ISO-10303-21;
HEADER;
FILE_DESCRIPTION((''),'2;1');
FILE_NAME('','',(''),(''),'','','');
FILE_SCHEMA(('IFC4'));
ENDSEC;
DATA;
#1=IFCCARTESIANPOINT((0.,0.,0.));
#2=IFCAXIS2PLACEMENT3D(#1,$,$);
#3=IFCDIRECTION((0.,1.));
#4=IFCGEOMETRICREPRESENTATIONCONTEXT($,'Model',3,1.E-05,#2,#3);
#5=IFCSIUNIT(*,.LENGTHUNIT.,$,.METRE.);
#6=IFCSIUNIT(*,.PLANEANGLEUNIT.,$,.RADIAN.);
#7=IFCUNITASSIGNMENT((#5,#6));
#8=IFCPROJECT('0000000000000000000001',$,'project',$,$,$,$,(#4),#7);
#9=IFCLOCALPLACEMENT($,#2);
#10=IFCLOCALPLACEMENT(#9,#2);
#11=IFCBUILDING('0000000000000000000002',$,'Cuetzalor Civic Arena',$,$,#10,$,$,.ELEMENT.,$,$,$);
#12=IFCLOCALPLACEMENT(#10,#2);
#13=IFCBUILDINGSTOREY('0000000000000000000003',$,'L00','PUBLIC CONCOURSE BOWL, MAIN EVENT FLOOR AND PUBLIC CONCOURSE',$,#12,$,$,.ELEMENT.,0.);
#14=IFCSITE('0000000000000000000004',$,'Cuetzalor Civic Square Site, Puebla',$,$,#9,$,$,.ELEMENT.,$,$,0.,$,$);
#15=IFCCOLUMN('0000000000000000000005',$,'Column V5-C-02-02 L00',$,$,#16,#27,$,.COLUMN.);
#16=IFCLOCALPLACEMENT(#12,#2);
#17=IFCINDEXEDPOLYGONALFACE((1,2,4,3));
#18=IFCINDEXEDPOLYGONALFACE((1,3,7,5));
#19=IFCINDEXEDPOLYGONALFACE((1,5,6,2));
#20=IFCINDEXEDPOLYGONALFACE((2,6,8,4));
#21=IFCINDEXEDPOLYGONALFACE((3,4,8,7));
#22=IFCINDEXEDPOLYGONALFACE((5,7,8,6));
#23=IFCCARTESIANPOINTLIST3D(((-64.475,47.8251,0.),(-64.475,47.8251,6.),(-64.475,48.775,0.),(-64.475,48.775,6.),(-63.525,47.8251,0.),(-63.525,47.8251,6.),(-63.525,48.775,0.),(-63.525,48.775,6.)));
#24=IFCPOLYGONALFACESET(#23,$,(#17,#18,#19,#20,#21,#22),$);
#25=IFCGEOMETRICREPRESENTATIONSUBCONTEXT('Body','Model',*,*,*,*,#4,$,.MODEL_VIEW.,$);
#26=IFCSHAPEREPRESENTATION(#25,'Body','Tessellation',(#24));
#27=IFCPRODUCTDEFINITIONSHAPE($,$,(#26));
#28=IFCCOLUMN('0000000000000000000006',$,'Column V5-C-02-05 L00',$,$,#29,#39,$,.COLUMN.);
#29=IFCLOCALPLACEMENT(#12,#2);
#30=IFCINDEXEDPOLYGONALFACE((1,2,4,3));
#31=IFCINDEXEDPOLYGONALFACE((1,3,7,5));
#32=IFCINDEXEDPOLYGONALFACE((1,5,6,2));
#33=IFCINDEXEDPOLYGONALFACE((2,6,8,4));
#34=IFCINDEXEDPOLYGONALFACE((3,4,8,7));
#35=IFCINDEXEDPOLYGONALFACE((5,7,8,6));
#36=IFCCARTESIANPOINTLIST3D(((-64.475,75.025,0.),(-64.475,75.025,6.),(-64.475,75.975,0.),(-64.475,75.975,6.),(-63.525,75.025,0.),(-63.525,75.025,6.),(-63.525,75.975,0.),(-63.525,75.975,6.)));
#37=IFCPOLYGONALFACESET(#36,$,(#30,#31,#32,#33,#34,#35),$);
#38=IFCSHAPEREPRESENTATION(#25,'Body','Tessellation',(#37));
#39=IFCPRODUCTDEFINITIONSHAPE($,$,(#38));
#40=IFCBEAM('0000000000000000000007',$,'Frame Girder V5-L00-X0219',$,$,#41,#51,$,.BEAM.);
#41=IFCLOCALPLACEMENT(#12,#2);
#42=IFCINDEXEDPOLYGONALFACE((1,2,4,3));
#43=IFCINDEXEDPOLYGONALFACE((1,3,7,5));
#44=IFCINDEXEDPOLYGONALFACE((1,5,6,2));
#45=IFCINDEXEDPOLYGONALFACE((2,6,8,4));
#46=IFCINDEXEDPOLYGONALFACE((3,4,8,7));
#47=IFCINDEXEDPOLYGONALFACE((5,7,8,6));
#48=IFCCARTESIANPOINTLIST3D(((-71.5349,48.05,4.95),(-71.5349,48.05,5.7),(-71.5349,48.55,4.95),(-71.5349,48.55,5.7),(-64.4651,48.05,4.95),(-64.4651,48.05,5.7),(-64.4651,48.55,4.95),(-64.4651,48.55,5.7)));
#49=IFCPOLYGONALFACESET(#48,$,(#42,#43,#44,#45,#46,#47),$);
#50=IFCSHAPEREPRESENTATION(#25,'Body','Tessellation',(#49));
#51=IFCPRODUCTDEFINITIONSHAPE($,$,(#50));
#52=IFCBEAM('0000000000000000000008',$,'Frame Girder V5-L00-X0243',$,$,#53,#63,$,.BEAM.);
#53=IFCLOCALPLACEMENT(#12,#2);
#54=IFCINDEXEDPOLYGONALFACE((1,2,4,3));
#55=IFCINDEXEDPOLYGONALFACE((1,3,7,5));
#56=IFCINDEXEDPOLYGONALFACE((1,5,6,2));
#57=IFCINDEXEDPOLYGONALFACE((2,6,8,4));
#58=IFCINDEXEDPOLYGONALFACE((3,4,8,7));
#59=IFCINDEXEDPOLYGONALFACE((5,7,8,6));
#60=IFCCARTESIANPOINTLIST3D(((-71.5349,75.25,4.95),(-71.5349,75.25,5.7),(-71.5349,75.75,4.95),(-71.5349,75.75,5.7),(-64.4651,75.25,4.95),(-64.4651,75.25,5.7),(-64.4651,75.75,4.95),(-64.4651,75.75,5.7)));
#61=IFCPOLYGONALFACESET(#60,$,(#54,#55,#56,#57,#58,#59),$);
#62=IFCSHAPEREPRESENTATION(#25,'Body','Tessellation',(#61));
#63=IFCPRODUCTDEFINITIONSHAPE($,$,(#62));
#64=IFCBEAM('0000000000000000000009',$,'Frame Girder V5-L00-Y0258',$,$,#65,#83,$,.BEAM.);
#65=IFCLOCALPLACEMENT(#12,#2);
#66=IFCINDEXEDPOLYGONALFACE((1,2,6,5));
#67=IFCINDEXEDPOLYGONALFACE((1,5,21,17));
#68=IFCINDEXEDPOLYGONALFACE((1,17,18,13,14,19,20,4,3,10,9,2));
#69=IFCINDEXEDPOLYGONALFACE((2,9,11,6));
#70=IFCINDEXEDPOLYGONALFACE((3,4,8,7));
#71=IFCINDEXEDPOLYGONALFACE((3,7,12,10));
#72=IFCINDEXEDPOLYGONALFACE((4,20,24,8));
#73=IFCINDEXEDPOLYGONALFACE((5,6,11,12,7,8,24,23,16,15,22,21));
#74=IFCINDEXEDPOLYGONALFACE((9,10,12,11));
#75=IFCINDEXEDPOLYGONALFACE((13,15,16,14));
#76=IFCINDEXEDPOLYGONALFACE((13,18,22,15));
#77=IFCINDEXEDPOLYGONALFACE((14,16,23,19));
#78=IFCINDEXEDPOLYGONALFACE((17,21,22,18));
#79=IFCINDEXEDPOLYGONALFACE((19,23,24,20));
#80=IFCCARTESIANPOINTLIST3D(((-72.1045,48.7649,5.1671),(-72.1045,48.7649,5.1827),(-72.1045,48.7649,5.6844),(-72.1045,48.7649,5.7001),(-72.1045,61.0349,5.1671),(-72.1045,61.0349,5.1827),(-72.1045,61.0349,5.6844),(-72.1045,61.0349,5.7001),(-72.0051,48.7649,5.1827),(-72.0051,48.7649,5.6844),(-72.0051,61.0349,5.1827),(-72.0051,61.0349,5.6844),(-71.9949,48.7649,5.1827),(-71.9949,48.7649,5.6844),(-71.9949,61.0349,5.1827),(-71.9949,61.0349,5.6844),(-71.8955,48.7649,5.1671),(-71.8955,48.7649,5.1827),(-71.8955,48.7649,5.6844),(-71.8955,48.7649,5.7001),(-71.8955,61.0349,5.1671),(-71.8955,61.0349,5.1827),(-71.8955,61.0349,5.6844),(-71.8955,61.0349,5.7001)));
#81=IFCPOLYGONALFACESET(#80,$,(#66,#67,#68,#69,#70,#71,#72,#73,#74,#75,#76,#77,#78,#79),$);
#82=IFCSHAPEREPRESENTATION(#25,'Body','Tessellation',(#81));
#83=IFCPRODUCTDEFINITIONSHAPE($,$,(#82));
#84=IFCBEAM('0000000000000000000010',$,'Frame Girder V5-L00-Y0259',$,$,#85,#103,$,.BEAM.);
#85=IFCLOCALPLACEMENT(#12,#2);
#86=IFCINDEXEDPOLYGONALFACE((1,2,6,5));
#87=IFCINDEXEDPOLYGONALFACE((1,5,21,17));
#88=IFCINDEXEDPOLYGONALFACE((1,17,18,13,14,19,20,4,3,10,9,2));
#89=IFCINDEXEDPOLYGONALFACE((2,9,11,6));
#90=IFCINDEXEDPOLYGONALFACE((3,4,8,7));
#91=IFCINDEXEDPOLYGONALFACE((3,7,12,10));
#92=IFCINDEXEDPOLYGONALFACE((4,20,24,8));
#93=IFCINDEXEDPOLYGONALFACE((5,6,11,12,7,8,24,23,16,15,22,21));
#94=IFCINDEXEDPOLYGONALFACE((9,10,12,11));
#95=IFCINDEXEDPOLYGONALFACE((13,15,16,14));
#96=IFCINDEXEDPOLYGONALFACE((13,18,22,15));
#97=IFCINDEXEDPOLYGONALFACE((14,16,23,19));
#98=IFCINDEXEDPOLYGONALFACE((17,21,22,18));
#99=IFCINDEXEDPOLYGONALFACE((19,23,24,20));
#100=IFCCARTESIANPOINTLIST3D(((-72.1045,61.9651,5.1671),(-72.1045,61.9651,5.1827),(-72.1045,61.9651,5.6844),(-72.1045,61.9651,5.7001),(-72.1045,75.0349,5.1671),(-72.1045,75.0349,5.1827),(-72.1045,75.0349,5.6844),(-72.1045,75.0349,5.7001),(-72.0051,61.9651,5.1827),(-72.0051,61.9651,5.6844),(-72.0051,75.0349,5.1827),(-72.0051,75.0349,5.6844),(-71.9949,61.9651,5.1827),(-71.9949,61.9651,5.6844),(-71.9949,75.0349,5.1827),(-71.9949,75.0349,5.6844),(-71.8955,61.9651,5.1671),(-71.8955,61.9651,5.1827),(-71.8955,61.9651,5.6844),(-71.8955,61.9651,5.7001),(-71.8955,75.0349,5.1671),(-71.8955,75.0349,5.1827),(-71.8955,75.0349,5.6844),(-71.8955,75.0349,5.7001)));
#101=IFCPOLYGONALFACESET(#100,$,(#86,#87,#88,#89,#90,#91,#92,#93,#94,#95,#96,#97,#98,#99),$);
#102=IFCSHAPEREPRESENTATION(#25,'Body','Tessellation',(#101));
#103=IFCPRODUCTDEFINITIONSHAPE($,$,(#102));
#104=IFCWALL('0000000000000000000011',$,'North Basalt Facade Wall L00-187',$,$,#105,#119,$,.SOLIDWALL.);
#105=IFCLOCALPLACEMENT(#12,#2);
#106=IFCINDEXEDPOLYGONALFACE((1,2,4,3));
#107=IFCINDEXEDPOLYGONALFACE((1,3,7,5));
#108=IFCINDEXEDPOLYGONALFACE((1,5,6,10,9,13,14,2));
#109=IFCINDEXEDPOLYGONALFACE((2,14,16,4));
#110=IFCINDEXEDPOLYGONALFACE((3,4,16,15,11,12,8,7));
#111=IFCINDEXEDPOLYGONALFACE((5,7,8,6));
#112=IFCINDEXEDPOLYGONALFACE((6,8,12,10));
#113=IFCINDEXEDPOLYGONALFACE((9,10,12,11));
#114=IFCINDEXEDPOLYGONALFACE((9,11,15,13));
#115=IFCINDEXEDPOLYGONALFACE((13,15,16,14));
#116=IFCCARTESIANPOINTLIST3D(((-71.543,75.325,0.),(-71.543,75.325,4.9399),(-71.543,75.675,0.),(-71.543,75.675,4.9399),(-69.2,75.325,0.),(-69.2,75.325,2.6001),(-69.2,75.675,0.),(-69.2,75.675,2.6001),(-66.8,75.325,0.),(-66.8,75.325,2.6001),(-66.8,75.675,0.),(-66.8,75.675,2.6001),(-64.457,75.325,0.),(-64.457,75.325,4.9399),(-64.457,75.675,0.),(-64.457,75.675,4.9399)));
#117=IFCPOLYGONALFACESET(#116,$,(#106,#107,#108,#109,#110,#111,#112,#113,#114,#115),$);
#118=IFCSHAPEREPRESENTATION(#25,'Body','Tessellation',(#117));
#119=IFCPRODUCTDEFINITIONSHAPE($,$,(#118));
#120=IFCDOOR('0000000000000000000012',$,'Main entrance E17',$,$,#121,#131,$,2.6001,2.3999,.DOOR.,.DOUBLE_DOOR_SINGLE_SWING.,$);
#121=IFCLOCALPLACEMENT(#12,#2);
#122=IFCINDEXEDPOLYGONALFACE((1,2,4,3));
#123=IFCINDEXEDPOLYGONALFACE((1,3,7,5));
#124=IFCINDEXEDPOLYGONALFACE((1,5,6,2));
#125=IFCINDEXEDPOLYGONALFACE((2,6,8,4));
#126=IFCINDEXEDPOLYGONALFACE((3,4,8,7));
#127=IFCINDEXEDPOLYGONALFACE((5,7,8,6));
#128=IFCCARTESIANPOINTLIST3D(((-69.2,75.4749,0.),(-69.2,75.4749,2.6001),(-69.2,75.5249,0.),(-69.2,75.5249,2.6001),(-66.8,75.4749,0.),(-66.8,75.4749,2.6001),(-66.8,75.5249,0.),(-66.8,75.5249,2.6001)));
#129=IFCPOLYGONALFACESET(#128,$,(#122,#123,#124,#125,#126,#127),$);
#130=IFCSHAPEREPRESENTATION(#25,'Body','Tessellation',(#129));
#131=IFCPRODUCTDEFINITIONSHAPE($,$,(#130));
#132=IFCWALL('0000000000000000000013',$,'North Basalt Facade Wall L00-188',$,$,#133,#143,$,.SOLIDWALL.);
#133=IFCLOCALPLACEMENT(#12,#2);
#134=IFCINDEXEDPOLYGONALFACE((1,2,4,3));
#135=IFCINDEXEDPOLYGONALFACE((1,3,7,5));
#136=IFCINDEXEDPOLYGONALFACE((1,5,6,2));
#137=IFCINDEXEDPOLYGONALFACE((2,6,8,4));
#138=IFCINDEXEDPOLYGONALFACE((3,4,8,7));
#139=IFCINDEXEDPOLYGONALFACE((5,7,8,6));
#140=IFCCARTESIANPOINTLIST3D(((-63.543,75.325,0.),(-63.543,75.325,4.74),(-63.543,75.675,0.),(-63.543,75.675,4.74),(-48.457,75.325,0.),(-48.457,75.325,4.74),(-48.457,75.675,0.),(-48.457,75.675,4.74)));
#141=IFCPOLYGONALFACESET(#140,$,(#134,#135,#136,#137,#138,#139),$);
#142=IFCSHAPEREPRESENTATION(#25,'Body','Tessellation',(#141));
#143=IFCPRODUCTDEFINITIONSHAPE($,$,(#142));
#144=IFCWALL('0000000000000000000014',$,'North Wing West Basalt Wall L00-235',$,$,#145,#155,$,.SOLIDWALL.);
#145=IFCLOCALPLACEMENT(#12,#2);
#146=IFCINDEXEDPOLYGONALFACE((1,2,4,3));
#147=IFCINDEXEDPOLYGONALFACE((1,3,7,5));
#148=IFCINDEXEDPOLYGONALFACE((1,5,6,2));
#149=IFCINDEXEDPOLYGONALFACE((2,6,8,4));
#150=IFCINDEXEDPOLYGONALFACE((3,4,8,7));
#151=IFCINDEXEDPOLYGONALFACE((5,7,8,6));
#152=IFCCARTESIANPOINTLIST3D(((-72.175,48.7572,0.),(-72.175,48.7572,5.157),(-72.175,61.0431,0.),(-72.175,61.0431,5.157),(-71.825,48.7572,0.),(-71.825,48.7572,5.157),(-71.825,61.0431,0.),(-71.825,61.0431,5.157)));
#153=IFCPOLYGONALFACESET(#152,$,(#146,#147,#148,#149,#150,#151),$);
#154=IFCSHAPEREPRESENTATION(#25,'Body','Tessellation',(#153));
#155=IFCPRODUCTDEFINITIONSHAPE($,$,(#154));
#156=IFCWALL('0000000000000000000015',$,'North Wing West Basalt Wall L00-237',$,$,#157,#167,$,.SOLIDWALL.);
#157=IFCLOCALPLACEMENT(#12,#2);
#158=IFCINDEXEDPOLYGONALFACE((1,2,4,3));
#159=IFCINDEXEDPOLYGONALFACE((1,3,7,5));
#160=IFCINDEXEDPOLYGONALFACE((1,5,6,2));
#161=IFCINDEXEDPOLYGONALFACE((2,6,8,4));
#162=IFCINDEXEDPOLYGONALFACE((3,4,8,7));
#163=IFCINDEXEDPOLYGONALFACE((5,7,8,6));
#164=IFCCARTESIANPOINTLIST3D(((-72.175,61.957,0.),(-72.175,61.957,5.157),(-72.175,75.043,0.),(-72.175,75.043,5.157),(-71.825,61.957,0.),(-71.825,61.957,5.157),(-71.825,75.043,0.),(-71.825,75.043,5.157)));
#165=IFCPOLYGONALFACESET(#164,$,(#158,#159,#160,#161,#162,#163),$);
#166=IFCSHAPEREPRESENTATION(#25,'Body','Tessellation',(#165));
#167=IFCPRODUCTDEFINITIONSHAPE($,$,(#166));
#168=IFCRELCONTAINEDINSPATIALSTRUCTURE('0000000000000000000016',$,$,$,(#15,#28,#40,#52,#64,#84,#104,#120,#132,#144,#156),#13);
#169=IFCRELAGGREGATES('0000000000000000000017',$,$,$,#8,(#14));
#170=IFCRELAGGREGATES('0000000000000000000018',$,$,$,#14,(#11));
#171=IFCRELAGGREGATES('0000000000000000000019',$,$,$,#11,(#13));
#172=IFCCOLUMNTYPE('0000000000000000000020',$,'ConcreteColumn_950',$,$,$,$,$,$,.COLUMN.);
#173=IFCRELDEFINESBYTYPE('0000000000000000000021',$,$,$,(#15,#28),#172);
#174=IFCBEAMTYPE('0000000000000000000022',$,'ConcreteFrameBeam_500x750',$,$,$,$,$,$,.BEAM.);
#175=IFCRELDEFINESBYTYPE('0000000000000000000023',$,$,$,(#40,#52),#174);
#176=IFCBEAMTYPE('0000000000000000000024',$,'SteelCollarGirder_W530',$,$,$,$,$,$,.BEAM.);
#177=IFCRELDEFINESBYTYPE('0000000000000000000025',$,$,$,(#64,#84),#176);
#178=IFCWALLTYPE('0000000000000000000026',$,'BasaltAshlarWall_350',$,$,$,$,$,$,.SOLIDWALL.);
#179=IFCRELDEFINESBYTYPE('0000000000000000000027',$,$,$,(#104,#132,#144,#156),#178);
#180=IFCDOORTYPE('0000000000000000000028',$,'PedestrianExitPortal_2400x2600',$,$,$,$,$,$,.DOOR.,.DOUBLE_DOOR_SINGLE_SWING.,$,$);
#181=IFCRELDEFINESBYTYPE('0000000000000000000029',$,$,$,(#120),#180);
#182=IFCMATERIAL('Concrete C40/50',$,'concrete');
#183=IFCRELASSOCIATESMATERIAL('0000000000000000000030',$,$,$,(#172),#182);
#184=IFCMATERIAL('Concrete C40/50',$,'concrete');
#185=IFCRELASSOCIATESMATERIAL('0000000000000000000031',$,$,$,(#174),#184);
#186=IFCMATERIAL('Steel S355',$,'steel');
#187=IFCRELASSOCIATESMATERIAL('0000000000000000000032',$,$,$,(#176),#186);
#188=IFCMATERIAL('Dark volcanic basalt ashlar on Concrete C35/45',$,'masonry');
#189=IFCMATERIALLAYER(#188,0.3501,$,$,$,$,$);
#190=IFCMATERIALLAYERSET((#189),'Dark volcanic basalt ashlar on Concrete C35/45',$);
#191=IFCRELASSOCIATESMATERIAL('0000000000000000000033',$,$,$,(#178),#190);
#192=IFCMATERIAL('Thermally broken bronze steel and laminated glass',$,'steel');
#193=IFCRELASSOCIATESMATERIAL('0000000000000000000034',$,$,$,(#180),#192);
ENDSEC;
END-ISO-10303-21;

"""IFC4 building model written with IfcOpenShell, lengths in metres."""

from ifc_helpers import new_model, si_unit, direction, frame, frame_2d, origin, origin_2d, place, context, subcontext, project, spatial, rectangle, i_section, extrude, material, layer, layer_set, material_profile, profile_set, type_object, element, fill, save


model = new_model("IFC4")

# Units and contexts
model_context = context("Model", 3, precision=1e-05, world=origin(), true_north=direction((0.0, 1.0)))
body_context = subcontext(model_context, "Body", "Model", "MODEL_VIEW")
ifc_project = project(units=[si_unit("LENGTHUNIT", "METRE"), si_unit("PLANEANGLEUNIT", "RADIAN")], contexts=[model_context])

# Site, building, storey
site_placement = place(None, origin())
site = spatial("IfcSite", under=ifc_project, at=site_placement, Name="Cuetzalor Civic Square Site, Puebla", CompositionType="ELEMENT", RefElevation=0.0)
building_placement = place(site_placement, origin())
building = spatial("IfcBuilding", under=site, at=building_placement, Name="Cuetzalor Civic Arena", CompositionType="ELEMENT")
storey_placement = place(building_placement, origin())
storey = spatial("IfcBuildingStorey", under=building, at=storey_placement, Name="L00", Description="PUBLIC CONCOURSE BOWL, MAIN EVENT FLOOR AND PUBLIC CONCOURSE", CompositionType="ELEMENT", Elevation=0.0)

# Columns
ifc_material_1 = material(Name="Concrete C40/50", Category="concrete")
ifc_material_profile_1 = material_profile(ifc_material_1, rectangle(XDim=0.95, YDim=0.95, at=origin_2d()), Name="RC 950x950")
ifc_profile_set_1 = profile_set([ifc_material_profile_1], Name="Concrete C40/50")
column_type = type_object("IfcColumnType", Name="ConcreteColumn_950", PredefinedType="COLUMN", material=ifc_profile_set_1)
for number, where, z_axis, x_axis, name in (
    (1, (-64.0, 48.3, 0.0), (0.0, 0.0, 1.0), (1.0, 0.0, 0.0), "Column V5-C-02-02 L00"),
    (2, (-64.0, 75.5, 0.0), (0.0, 0.0, 1.0), (1.0, 0.0, 0.0), "Column V5-C-02-05 L00"),
):
    element("IfcColumn", number, at=place(storey_placement, frame(where, z_axis=z_axis, x_axis=x_axis)), inside=storey, type_object=column_type, Name=name, PredefinedType="COLUMN", context=body_context, shape_type="SweptSolid", body=[
        extrude(rectangle(XDim=0.95, YDim=0.95, at=origin_2d()), origin(), (0.0, 0.0, 1.0), 6.0),
    ])

# Beams
ifc_material_2 = material(Name="Concrete C40/50", Category="concrete")
ifc_material_profile_2 = material_profile(ifc_material_2, rectangle(XDim=0.5, YDim=0.75, at=origin_2d()), Name="RC 500x750")
ifc_profile_set_2 = profile_set([ifc_material_profile_2], Name="Concrete C40/50")
beam_type_1 = type_object("IfcBeamType", Name="ConcreteFrameBeam_500x750", PredefinedType="BEAM", material=ifc_profile_set_2)
for number, where, z_axis, x_axis, name in (
    (3, (-71.5349, 48.3, 5.325), (1.0, 0.0, 0.0), (0.0, 1.0, 0.0), "Frame Girder V5-L00-X0219"),
    (4, (-71.5349, 75.5, 5.325), (1.0, 0.0, 0.0), (0.0, 1.0, 0.0), "Frame Girder V5-L00-X0243"),
):
    element("IfcBeam", number, at=place(storey_placement, frame(where, z_axis=z_axis, x_axis=x_axis)), inside=storey, type_object=beam_type_1, Name=name, PredefinedType="BEAM", context=body_context, shape_type="SweptSolid", body=[
        extrude(rectangle(XDim=0.5, YDim=0.75, at=origin_2d()), origin(), (0.0, 0.0, 1.0), 7.0698),
    ])
ifc_material_3 = material(Name="Steel S355", Category="steel")
ifc_material_profile_3 = material_profile(ifc_material_3, i_section(OverallWidth=0.209, OverallDepth=0.533, WebThickness=0.0103, FlangeThickness=0.0156, at=origin_2d()), Name="W530x92")
ifc_profile_set_3 = profile_set([ifc_material_profile_3], Name="Steel S355")
beam_type_2 = type_object("IfcBeamType", Name="SteelCollarGirder_W530", PredefinedType="BEAM", material=ifc_profile_set_3)
beam_1_placement = place(storey_placement, frame((-72.0, 48.7649, 5.4336), z_axis=(0.0, 1.0, 0.0), x_axis=(-1.0, 0.0, 0.0)))
element("IfcBeam", 5, at=beam_1_placement, inside=storey, type_object=beam_type_2, Name="Frame Girder V5-L00-Y0258", PredefinedType="BEAM", context=body_context, shape_type="SweptSolid", body=[
    extrude(i_section(OverallWidth=0.209, OverallDepth=0.533, WebThickness=0.0103, FlangeThickness=0.0156, at=origin_2d()), origin(), (0.0, 0.0, 1.0), 12.27),
])
beam_2_placement = place(storey_placement, frame((-72.0, 61.9651, 5.4336), z_axis=(0.0, 1.0, 0.0), x_axis=(-1.0, 0.0, 0.0)))
element("IfcBeam", 6, at=beam_2_placement, inside=storey, type_object=beam_type_2, Name="Frame Girder V5-L00-Y0259", PredefinedType="BEAM", context=body_context, shape_type="SweptSolid", body=[
    extrude(i_section(OverallWidth=0.209, OverallDepth=0.533, WebThickness=0.0103, FlangeThickness=0.0156, at=origin_2d()), origin(), (0.0, 0.0, 1.0), 13.0698),
])

# Wall, opening, door
ifc_material_4 = material(Name="Dark volcanic basalt ashlar on Concrete C35/45", Category="masonry")
ifc_layer = layer(ifc_material_4, 0.3501)
ifc_layer_set = layer_set([ifc_layer], Name="Dark volcanic basalt ashlar on Concrete C35/45")
wall_type = type_object("IfcWallType", Name="BasaltAshlarWall_350", PredefinedType="SOLIDWALL", material=ifc_layer_set)
wall_1_placement = place(storey_placement, frame((-71.543, 75.5, 0.0), z_axis=(0.0, 0.0, 1.0), x_axis=(1.0, 0.0, 0.0)))
wall_1 = element("IfcWall", 7, at=wall_1_placement, inside=storey, type_object=wall_type, Name="North Basalt Facade Wall L00-187", PredefinedType="SOLIDWALL", context=body_context, shape_type="SweptSolid", body=[
    extrude(rectangle(XDim=7.0859, YDim=0.3501, at=frame_2d((3.543, 0.0))), origin(), (0.0, 0.0, 1.0), 4.9399),
])
opening_placement = place(wall_1_placement, frame((2.343, 0.0, 0.0)))
opening = element("IfcOpeningElement", 8, at=opening_placement, cuts=wall_1, PredefinedType="OPENING", context=body_context, shape_type="SweptSolid", body=[
    extrude(rectangle(XDim=2.3999, YDim=2.6001, at=frame_2d((1.2, 1.3))), frame((0.0, 0.1851, 0.0), z_axis=(0.0, -1.0, 0.0), x_axis=(1.0, 0.0, 0.0)), (0.0, 0.0, 1.0), 0.3701),
])
ifc_material_5 = material(Name="Thermally broken bronze steel and laminated glass", Category="steel")
door_type = type_object("IfcDoorType", Name="PedestrianExitPortal_2400x2600", OperationType="DOUBLE_DOOR_SINGLE_SWING", PredefinedType="DOOR", material=ifc_material_5)
door_placement = place(opening_placement, origin())
door = element("IfcDoor", 9, at=door_placement, inside=storey, type_object=door_type, Name="Main entrance E17", OperationType="DOUBLE_DOOR_SINGLE_SWING", OverallHeight=2.6001, OverallWidth=2.3999, PredefinedType="DOOR", context=body_context, shape_type="SweptSolid", body=[
    extrude(rectangle(XDim=2.3999, YDim=2.6001, at=frame_2d((1.2, 1.3))), frame((0.0, 0.0249, 0.0), z_axis=(0.0, -1.0, 0.0), x_axis=(1.0, 0.0, 0.0)), (0.0, 0.0, 1.0), 0.05),
])
fill(opening, door)

# Walls
wall_2_placement = place(storey_placement, frame((-63.543, 75.5, 0.0), z_axis=(0.0, 0.0, 1.0), x_axis=(1.0, 0.0, 0.0)))
element("IfcWall", 10, at=wall_2_placement, inside=storey, type_object=wall_type, Name="North Basalt Facade Wall L00-188", PredefinedType="SOLIDWALL", context=body_context, shape_type="SweptSolid", body=[
    extrude(rectangle(XDim=15.0859, YDim=0.3501, at=frame_2d((7.543, 0.0))), origin(), (0.0, 0.0, 1.0), 4.74),
])
wall_3_placement = place(storey_placement, frame((-72.0, 48.7571, 0.0), z_axis=(0.0, 0.0, 1.0), x_axis=(0.0, 1.0, 0.0)))
element("IfcWall", 11, at=wall_3_placement, inside=storey, type_object=wall_type, Name="North Wing West Basalt Wall L00-235", PredefinedType="SOLIDWALL", context=body_context, shape_type="SweptSolid", body=[
    extrude(rectangle(XDim=12.2859, YDim=0.3501, at=frame_2d((6.1431, 0.0))), origin(), (0.0, 0.0, 1.0), 5.157),
])
wall_4_placement = place(storey_placement, frame((-72.0, 61.957, 0.0), z_axis=(0.0, 0.0, 1.0), x_axis=(0.0, 1.0, 0.0)))
element("IfcWall", 12, at=wall_4_placement, inside=storey, type_object=wall_type, Name="North Wing West Basalt Wall L00-237", PredefinedType="SOLIDWALL", context=body_context, shape_type="SweptSolid", body=[
    extrude(rectangle(XDim=13.0859, YDim=0.3501, at=frame_2d((6.543, 0.0))), origin(), (0.0, 0.0, 1.0), 5.157),
])

save(model, "model.ifc")
